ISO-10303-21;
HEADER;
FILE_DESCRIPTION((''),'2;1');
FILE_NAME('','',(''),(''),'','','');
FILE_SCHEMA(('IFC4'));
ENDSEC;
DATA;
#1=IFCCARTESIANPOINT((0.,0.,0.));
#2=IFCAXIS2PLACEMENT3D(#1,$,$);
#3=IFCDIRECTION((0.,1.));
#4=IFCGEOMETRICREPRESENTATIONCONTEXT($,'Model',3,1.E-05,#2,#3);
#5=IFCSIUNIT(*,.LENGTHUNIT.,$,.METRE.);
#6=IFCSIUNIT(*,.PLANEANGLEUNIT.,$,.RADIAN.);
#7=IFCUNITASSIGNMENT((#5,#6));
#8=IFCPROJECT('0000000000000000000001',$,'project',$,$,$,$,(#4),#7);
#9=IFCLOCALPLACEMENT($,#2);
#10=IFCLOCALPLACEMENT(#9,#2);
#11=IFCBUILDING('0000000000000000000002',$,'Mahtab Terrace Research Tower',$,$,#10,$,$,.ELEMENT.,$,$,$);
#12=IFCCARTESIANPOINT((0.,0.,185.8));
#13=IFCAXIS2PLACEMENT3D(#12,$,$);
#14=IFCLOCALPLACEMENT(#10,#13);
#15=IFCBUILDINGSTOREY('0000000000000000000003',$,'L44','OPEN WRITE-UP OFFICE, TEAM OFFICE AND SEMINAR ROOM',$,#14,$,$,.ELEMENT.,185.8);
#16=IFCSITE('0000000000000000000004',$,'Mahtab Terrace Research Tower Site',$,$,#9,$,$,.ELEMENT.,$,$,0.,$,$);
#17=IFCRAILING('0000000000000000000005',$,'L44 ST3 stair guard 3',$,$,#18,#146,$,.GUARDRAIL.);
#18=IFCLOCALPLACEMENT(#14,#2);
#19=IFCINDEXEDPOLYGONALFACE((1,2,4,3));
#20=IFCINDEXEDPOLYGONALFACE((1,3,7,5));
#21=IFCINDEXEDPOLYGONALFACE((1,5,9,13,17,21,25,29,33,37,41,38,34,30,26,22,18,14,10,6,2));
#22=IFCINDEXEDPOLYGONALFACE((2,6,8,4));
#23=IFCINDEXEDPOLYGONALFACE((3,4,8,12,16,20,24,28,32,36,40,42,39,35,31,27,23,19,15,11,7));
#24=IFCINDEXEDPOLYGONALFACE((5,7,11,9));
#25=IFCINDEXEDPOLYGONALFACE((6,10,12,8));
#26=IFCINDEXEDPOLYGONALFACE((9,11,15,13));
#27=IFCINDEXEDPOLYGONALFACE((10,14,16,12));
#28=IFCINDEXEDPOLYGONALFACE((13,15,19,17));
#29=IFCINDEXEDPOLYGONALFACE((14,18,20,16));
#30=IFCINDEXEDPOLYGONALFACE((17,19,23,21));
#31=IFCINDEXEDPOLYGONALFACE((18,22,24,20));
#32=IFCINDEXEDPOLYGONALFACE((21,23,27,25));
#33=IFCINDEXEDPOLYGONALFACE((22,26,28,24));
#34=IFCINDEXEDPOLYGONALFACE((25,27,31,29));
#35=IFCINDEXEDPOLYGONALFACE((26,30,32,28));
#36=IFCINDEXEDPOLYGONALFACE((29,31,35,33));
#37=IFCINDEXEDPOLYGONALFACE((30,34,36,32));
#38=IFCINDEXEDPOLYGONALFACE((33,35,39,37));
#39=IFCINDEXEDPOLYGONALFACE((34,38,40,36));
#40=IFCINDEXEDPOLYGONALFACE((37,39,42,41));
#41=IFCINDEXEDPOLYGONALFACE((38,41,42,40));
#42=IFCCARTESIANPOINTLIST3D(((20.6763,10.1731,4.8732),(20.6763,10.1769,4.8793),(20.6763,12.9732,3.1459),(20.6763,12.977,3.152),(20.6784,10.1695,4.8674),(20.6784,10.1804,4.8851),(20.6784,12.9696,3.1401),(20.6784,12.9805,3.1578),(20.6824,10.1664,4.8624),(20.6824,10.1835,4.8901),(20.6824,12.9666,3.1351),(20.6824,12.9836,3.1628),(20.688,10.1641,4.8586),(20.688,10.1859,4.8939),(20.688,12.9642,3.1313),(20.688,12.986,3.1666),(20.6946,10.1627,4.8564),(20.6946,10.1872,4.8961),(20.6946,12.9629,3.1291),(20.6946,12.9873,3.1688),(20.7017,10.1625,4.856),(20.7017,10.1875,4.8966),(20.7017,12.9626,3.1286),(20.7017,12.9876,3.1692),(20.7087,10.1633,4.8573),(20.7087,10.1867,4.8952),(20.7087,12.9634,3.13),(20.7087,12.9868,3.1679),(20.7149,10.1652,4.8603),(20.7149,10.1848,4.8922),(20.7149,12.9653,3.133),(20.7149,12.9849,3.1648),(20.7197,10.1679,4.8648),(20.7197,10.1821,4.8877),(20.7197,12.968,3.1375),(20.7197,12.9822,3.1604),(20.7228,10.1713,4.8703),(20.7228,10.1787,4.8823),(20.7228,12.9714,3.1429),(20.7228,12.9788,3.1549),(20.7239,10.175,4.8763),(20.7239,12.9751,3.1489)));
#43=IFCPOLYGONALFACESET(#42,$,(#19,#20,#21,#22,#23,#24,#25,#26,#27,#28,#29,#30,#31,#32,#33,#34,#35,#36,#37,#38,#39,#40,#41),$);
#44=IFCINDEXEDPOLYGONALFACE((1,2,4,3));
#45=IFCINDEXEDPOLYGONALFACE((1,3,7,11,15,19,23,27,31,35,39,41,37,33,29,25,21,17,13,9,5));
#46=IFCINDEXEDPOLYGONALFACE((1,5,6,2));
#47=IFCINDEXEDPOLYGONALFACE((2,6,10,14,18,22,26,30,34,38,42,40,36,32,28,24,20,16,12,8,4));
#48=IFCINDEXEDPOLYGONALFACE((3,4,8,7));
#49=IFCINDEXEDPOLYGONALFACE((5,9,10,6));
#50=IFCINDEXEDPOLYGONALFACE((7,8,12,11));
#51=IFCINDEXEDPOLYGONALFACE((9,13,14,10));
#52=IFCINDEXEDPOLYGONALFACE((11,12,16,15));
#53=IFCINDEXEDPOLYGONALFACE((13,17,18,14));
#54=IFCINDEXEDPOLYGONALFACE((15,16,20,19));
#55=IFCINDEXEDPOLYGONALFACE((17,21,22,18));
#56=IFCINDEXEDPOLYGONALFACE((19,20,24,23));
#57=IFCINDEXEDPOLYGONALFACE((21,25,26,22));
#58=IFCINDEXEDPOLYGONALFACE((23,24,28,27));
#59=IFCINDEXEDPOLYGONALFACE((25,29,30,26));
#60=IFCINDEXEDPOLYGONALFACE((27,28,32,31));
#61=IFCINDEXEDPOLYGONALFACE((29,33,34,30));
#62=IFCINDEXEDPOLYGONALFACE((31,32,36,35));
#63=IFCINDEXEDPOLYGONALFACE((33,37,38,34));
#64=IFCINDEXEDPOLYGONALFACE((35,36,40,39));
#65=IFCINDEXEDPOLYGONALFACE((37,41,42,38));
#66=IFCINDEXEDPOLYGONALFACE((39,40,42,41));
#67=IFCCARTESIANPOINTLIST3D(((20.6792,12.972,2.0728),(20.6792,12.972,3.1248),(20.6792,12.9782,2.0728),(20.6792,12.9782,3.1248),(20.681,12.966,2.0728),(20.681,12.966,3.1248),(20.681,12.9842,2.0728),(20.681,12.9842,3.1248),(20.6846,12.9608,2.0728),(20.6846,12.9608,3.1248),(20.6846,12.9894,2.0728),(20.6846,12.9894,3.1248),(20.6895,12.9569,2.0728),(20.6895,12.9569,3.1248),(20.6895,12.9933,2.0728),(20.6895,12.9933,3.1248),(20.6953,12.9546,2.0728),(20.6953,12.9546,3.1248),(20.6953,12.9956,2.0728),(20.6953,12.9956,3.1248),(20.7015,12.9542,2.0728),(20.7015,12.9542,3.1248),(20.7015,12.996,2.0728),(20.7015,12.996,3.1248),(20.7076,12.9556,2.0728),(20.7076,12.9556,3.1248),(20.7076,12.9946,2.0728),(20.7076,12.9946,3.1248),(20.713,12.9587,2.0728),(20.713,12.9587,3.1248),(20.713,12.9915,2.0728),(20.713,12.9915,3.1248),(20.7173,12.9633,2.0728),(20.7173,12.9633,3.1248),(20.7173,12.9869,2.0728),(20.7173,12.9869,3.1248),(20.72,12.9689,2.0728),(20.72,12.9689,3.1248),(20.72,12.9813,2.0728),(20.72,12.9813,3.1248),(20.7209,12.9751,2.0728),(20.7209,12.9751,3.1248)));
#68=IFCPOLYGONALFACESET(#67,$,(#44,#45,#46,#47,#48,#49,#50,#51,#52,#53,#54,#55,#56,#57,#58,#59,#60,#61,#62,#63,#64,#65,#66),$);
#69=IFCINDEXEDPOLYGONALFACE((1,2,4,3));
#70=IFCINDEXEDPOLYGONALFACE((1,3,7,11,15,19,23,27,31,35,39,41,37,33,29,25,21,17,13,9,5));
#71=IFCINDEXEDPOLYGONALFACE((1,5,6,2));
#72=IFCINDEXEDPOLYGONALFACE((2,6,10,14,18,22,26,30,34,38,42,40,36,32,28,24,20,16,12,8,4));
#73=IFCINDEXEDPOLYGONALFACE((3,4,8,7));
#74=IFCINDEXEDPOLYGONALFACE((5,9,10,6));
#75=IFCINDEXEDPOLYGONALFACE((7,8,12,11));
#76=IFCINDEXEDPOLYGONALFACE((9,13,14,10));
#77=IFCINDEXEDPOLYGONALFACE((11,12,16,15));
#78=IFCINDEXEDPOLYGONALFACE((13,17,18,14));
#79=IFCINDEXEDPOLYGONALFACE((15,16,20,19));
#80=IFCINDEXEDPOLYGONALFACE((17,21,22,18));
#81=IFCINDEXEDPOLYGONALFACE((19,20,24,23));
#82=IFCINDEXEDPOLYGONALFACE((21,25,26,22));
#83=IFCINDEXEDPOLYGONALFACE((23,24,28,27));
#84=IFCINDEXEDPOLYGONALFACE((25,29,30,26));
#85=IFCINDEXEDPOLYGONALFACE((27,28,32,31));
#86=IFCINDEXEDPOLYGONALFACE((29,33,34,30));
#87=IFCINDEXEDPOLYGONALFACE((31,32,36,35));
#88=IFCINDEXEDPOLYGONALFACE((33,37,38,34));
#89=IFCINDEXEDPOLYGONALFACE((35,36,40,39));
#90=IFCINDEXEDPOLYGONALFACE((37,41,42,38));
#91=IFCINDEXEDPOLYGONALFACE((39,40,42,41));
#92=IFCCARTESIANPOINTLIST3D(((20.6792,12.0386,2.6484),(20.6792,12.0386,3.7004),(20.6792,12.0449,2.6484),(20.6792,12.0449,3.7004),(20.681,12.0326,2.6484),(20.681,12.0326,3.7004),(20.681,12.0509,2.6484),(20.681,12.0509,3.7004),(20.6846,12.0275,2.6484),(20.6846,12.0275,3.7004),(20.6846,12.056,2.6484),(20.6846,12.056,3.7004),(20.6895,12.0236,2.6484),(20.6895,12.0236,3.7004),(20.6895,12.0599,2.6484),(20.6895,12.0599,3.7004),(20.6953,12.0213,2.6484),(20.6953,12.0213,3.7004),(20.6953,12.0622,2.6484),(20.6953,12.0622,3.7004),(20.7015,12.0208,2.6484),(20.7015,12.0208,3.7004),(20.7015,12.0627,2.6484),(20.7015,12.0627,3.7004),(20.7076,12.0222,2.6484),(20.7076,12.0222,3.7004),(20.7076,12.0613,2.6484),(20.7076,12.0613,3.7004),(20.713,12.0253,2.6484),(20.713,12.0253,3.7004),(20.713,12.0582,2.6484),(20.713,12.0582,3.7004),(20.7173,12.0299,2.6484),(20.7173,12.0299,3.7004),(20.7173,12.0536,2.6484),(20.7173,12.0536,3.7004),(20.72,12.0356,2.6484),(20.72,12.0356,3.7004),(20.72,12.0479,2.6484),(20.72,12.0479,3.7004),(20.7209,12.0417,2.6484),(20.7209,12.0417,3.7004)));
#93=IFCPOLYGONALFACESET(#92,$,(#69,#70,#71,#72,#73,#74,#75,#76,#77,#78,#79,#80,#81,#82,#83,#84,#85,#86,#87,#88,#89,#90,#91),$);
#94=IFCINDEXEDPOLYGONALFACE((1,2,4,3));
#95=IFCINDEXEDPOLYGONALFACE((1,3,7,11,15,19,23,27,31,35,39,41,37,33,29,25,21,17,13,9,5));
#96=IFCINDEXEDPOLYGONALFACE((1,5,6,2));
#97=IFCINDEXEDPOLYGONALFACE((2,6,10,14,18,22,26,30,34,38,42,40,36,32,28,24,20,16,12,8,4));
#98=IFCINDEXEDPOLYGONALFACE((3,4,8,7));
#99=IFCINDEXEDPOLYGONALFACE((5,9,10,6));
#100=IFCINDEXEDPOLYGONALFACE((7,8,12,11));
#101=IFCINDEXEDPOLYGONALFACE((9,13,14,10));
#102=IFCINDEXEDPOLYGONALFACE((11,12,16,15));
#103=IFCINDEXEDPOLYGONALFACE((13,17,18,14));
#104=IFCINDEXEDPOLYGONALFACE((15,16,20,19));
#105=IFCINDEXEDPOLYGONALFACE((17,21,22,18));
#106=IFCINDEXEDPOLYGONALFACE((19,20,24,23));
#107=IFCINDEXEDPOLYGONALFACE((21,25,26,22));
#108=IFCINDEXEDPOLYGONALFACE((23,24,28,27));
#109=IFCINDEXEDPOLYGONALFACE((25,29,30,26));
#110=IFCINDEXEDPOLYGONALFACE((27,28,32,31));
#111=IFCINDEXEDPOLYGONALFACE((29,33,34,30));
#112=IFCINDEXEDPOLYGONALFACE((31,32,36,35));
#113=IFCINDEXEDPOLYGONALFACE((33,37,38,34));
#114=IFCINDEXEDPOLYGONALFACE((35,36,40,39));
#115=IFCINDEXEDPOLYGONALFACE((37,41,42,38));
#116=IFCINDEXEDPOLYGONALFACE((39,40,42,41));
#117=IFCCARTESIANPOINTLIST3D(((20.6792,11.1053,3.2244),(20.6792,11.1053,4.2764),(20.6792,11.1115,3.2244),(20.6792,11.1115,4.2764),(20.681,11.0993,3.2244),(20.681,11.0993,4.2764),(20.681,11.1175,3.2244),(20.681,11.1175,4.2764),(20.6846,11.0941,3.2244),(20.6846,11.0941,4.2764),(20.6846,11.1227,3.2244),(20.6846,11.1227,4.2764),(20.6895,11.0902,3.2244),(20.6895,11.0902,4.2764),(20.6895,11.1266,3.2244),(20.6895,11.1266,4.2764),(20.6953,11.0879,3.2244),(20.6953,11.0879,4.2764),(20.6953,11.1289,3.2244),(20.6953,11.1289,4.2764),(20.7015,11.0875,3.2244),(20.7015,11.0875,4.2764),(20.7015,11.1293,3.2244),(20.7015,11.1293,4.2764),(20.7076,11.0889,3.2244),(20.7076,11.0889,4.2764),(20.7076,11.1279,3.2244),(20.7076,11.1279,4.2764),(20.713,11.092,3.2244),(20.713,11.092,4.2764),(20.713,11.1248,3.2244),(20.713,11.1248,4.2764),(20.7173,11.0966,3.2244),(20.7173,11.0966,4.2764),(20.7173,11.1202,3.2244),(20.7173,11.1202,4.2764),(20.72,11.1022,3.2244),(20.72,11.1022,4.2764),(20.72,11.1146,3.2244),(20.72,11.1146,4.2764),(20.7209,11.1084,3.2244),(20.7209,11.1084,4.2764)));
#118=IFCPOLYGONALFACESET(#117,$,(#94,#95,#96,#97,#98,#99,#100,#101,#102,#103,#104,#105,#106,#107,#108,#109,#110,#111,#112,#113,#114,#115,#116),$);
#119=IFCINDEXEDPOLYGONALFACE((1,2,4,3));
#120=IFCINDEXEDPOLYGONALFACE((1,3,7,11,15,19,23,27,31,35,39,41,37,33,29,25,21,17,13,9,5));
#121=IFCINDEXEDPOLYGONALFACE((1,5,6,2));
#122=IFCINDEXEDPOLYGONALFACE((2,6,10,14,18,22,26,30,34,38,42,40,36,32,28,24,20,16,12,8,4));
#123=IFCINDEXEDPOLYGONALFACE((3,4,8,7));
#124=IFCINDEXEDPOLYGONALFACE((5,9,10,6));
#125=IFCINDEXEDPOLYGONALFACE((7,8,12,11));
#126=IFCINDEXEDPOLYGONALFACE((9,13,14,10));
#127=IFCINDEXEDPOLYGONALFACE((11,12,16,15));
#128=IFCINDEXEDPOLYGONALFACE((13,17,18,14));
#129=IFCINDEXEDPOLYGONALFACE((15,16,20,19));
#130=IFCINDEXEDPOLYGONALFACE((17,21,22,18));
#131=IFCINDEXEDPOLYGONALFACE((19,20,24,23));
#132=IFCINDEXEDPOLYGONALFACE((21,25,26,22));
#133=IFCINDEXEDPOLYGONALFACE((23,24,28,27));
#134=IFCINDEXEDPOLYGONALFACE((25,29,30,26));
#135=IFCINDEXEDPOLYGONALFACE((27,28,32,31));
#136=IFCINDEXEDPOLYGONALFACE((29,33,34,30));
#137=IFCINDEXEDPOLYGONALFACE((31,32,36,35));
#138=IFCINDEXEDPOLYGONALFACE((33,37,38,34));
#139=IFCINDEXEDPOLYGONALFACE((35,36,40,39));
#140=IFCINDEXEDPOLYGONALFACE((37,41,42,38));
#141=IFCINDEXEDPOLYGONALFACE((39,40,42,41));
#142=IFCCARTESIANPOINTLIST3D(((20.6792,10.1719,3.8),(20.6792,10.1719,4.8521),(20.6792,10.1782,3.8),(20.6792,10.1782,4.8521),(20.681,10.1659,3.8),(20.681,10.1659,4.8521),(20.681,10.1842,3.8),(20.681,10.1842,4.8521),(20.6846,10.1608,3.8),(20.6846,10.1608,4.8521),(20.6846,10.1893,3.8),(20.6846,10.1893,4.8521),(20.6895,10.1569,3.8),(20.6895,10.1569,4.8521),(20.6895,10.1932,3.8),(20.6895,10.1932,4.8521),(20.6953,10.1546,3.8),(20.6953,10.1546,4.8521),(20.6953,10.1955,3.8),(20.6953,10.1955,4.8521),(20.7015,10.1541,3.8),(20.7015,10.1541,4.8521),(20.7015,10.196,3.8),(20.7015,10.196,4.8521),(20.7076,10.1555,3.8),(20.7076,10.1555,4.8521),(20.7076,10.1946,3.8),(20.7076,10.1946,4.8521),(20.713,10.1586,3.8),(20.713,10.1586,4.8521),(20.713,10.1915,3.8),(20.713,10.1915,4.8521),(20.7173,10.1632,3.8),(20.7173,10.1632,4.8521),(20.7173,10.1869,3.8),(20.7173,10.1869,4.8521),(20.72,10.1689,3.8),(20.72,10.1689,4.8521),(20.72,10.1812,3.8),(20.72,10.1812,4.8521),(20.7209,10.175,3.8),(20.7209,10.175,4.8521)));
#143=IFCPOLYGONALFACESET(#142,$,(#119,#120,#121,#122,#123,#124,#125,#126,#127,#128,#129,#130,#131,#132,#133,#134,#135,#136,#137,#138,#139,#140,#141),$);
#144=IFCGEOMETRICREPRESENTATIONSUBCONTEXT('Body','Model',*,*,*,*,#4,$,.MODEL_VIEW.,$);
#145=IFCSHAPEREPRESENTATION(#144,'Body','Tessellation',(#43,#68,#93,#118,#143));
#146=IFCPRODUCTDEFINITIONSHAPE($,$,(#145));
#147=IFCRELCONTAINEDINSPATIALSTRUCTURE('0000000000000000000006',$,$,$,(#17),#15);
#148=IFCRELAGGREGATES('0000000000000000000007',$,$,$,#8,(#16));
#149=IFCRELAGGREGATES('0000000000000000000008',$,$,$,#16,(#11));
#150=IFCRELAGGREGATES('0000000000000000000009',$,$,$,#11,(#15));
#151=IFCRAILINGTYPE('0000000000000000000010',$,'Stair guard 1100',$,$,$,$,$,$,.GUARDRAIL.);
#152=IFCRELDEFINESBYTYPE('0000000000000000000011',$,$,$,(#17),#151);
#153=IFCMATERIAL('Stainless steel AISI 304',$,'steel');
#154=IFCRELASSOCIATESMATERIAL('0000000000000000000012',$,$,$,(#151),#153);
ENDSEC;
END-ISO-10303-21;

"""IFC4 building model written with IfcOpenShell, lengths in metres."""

from ifc_helpers import new_model, si_unit, direction, frame, origin, origin_2d, place, context, subcontext, project, spatial, circle, extrude, material, type_object, element, save


model = new_model("IFC4")

# Units and contexts
model_context = context("Model", 3, precision=1e-05, world=origin(), true_north=direction((0.0, 1.0)))
body_context = subcontext(model_context, "Body", "Model", "MODEL_VIEW")
ifc_project = project(units=[si_unit("LENGTHUNIT", "METRE"), si_unit("PLANEANGLEUNIT", "RADIAN")], contexts=[model_context])

# Site, building, storey
site_placement = place(None, origin())
site = spatial("IfcSite", under=ifc_project, at=site_placement, Name="Mahtab Terrace Research Tower Site", CompositionType="ELEMENT", RefElevation=0.0)
building_placement = place(site_placement, origin())
building = spatial("IfcBuilding", under=site, at=building_placement, Name="Mahtab Terrace Research Tower", CompositionType="ELEMENT")
storey_placement = place(building_placement, frame((0.0, 0.0, 185.8)))
storey = spatial("IfcBuildingStorey", under=building, at=storey_placement, Name="L44", Description="OPEN WRITE-UP OFFICE, TEAM OFFICE AND SEMINAR ROOM", CompositionType="ELEMENT", Elevation=185.8)

# Shared definitions
ifc_material_1 = material(Name="Stainless steel AISI 304", Category="steel")

# Railing
railing_type_1 = type_object("IfcRailingType", Name="Stair guard 1100", PredefinedType="GUARDRAIL", material=ifc_material_1)
railing_1_placement = place(storey_placement, frame((20.7, 12.9751, 2.0728)))
element("IfcRailing", 1, at=railing_1_placement, inside=storey, type_object=railing_type_1, Name="L44 ST3 stair guard 3", PredefinedType="GUARDRAIL", context=body_context, shape_type="SweptSolid", body=[
    extrude(circle(Radius=0.0239, at=origin_2d()), frame((0.0, 0.0, 1.0762), z_axis=(0.0, -0.85109, 0.52502), x_axis=(1.0, 0.0, 0.0)), (0.0, 0.0, 1.0), 3.29),
    extrude(circle(Radius=0.021, at=origin_2d()), origin(), (0.0, 0.0, 1.0), 1.052),
    extrude(circle(Radius=0.021, at=origin_2d()), frame((0.0, -0.9333, 0.5757)), (0.0, 0.0, 1.0), 1.052),
    extrude(circle(Radius=0.021, at=origin_2d()), frame((0.0, -1.8667, 1.1516)), (0.0, 0.0, 1.0), 1.052),
    extrude(circle(Radius=0.021, at=origin_2d()), frame((0.0, -2.8, 1.7273)), (0.0, 0.0, 1.0), 1.052),
])

save(model, "model.ifc")
